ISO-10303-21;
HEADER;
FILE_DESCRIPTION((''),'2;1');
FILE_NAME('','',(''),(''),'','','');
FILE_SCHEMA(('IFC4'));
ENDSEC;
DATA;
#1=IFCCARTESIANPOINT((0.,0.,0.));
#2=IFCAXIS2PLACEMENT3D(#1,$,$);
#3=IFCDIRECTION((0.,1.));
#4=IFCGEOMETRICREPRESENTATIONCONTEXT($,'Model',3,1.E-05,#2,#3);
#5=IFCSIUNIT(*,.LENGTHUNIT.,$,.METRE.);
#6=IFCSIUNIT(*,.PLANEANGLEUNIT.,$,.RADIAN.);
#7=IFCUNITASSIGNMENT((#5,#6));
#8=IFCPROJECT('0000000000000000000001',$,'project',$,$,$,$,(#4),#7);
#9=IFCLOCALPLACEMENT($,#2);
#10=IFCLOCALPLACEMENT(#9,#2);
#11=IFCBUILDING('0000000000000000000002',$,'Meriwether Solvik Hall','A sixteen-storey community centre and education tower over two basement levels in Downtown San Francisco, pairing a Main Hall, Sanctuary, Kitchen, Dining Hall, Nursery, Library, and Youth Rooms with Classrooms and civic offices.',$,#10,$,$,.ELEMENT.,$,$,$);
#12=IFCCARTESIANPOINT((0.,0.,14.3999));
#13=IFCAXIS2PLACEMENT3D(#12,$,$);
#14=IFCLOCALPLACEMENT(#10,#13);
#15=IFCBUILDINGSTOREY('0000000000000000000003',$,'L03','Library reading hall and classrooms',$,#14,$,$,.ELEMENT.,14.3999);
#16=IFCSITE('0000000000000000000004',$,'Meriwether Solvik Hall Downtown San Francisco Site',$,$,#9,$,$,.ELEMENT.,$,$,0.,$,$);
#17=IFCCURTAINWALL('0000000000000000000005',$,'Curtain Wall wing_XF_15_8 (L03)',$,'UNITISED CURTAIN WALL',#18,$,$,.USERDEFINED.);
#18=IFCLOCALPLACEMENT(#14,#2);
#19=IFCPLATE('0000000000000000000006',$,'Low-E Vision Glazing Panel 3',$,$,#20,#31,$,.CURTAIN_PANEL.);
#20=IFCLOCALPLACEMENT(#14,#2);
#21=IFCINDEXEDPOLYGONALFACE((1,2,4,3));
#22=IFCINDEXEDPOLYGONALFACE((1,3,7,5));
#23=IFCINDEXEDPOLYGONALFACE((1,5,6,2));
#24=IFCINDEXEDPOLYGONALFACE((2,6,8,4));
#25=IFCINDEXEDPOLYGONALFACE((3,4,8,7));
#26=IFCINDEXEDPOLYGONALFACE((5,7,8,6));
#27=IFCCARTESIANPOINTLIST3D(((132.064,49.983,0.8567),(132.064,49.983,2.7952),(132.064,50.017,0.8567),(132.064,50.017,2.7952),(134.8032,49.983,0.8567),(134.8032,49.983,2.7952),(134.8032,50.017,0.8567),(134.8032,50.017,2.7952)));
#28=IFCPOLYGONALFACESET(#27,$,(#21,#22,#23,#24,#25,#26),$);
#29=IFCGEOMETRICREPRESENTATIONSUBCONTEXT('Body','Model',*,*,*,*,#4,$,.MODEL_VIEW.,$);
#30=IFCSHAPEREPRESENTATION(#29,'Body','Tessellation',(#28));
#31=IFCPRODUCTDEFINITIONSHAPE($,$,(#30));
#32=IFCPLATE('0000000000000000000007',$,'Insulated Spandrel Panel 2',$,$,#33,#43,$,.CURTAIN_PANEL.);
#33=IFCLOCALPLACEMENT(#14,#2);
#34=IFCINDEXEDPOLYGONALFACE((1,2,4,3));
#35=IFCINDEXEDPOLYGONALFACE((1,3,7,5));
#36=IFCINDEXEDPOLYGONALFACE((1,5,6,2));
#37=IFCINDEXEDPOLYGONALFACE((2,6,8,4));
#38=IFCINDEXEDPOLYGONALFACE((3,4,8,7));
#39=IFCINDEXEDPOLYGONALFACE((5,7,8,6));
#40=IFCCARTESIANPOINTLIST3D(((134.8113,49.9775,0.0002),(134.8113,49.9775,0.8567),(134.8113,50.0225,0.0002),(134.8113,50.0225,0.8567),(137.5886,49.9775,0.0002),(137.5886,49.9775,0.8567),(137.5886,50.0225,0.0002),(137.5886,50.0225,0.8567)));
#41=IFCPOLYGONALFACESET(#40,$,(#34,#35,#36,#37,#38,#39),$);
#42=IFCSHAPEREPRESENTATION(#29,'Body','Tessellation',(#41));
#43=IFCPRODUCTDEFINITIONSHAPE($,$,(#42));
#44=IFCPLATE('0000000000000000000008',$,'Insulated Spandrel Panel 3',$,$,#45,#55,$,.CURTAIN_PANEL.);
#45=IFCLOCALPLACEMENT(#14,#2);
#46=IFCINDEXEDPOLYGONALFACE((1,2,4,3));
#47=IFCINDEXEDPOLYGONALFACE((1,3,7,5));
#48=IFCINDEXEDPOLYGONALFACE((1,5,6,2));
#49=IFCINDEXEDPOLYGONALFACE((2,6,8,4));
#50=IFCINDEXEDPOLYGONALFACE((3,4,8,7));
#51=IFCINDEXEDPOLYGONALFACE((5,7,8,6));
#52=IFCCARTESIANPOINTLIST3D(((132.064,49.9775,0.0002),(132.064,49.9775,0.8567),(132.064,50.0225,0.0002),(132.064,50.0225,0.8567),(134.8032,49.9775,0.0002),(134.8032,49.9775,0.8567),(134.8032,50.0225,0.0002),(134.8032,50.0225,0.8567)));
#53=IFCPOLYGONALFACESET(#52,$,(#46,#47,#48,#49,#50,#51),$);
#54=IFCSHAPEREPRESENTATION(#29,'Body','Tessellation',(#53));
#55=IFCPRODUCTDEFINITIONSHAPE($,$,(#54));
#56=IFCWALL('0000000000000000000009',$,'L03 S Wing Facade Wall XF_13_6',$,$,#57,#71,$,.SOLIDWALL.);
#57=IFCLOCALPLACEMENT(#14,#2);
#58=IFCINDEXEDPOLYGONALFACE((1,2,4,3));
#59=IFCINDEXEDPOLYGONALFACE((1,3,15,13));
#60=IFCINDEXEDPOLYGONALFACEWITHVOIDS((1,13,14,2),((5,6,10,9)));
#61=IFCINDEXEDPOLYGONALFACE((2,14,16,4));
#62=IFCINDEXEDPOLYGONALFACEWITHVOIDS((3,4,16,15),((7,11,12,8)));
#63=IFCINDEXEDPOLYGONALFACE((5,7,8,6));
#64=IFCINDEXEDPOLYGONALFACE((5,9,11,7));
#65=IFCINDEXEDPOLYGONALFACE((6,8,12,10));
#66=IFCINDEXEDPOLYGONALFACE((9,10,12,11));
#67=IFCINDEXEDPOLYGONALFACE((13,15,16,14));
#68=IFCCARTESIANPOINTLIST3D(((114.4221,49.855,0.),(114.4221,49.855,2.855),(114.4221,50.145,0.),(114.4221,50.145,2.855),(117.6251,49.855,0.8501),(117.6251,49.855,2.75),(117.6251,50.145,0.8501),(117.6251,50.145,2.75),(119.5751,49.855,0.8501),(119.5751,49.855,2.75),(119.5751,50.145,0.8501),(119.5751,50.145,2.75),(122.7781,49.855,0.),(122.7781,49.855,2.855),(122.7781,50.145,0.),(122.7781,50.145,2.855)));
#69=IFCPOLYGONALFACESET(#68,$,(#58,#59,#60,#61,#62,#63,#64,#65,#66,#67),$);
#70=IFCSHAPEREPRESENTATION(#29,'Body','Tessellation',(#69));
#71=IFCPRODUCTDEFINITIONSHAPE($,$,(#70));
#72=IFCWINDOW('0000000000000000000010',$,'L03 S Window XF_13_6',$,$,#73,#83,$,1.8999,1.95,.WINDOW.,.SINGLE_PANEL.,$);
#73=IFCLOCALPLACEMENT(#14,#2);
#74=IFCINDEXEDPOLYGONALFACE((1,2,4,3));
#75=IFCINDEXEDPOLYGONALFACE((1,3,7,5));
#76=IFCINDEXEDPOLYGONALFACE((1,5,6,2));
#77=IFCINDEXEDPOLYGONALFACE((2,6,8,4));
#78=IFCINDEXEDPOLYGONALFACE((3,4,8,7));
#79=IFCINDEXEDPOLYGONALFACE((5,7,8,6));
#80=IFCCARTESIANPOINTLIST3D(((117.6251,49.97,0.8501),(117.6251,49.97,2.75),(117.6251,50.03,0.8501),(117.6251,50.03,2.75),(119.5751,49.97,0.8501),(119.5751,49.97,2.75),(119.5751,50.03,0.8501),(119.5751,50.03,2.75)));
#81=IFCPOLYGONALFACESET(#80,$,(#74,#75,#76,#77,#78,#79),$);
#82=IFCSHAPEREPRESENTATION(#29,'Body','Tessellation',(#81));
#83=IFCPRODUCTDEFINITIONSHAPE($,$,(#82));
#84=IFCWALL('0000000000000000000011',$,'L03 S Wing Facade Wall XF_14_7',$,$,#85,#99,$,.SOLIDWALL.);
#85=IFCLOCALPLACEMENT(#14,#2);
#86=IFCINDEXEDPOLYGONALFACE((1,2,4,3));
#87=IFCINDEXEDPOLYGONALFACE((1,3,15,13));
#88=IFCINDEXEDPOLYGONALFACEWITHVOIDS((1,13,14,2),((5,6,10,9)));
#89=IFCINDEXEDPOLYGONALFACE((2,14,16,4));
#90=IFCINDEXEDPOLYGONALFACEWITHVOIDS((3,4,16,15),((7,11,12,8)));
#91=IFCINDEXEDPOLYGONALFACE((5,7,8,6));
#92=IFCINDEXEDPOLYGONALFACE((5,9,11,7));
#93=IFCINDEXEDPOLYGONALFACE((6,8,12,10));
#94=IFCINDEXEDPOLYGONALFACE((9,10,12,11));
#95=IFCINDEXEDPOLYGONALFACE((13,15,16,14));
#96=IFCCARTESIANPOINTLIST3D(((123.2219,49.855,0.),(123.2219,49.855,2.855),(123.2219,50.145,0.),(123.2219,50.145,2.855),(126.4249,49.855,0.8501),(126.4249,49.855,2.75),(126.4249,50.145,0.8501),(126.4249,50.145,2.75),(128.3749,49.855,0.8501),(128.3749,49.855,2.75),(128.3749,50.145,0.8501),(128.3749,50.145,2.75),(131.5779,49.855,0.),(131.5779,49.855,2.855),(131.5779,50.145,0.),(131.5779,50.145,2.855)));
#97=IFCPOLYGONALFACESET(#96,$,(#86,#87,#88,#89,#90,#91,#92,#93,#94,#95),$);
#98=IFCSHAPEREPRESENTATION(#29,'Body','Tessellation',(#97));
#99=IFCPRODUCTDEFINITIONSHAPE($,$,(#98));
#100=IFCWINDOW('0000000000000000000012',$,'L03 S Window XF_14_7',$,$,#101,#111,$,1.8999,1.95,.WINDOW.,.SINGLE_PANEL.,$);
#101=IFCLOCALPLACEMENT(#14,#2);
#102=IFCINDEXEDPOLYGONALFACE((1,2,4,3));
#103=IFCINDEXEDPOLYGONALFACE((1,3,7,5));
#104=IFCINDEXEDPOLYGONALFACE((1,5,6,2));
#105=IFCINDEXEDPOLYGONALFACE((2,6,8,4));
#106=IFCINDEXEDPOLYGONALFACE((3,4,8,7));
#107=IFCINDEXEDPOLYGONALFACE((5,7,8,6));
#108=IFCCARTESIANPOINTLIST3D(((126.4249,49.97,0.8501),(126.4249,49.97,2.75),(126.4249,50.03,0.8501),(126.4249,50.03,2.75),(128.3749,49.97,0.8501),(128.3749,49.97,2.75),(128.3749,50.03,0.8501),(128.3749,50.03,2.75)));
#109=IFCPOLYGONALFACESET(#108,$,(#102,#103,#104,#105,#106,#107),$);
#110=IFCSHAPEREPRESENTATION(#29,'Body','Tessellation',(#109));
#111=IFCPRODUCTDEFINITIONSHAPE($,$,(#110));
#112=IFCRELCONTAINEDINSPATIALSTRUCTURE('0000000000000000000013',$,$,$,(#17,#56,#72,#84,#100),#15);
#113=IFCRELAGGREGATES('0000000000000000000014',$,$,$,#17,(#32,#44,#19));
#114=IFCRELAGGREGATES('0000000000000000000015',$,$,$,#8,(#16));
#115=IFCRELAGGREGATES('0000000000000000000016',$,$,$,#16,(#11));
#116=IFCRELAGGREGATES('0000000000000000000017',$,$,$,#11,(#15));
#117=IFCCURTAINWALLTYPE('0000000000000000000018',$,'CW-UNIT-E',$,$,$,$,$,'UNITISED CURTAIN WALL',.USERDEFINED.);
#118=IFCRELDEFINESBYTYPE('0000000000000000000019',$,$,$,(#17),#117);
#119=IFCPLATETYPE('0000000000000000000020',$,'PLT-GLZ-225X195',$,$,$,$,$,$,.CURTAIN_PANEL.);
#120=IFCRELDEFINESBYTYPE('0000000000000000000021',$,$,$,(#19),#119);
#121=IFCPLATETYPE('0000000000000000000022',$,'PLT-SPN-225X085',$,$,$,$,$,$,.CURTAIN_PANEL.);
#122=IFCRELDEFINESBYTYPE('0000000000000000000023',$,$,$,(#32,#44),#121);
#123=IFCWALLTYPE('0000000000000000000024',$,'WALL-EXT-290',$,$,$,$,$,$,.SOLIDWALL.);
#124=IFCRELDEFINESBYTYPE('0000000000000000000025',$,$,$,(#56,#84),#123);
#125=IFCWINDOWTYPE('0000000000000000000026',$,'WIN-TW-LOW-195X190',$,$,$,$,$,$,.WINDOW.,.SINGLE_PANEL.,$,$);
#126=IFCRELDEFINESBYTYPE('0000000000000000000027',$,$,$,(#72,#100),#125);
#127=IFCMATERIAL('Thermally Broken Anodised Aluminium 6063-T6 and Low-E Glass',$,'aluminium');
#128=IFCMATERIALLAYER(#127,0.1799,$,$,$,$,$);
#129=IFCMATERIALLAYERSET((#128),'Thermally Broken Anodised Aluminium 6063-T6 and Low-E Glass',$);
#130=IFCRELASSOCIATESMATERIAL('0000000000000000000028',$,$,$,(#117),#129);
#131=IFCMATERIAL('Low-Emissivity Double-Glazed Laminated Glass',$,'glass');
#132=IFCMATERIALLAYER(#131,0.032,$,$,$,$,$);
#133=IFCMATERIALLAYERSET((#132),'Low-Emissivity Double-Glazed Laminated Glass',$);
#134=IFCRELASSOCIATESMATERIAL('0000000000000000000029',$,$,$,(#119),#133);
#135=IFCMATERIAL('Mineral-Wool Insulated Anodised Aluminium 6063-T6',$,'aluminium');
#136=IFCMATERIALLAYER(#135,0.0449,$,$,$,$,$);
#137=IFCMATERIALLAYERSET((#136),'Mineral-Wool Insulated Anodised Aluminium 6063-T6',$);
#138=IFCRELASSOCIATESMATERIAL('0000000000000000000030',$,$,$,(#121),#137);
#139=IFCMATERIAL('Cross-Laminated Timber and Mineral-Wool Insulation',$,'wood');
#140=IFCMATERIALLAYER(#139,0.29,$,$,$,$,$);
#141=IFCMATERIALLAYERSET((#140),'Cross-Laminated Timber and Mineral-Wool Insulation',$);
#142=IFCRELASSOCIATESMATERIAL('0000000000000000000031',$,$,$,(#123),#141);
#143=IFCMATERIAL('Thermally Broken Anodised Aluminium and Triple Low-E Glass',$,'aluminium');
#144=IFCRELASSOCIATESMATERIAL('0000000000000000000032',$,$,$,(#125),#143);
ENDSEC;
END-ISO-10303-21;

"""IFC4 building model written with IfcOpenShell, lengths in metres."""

from ifc_helpers import new_model, si_unit, direction, frame, frame_2d, origin, origin_2d, place, context, subcontext, project, spatial, rectangle, extrude, material, layer, layer_set, type_object, element, fill, aggregate, save


model = new_model("IFC4")

# Units and contexts
model_context = context("Model", 3, precision=1e-05, world=origin(), true_north=direction((0.0, 1.0)))
body_context = subcontext(model_context, "Body", "Model", "MODEL_VIEW")
ifc_project = project(units=[si_unit("LENGTHUNIT", "METRE"), si_unit("PLANEANGLEUNIT", "RADIAN")], contexts=[model_context])

# Site, building, storey
site_placement = place(None, origin())
site = spatial("IfcSite", under=ifc_project, at=site_placement, Name="Meriwether Solvik Hall Downtown San Francisco Site", CompositionType="ELEMENT", RefElevation=0.0)
building_placement = place(site_placement, origin())
building = spatial("IfcBuilding", under=site, at=building_placement, Name="Meriwether Solvik Hall", Description="A sixteen-storey community centre and education tower over two basement levels in Downtown San Francisco, pairing a Main Hall, Sanctuary, Kitchen, Dining Hall, Nursery, Library, and Youth Rooms with Classrooms and civic offices.", CompositionType="ELEMENT")
storey_placement = place(building_placement, frame((0.0, 0.0, 14.3999)))
storey = spatial("IfcBuildingStorey", under=building, at=storey_placement, Name="L03", Description="Library reading hall and classrooms", CompositionType="ELEMENT", Elevation=14.3999)

# Curtain wall, plates
ifc_material_1 = material(Name="Thermally Broken Anodised Aluminium 6063-T6 and Low-E Glass", Category="aluminium")
ifc_layer_1 = layer(ifc_material_1, 0.1799)
ifc_layer_set_1 = layer_set([ifc_layer_1], Name="Thermally Broken Anodised Aluminium 6063-T6 and Low-E Glass")
curtain_wall_type = type_object("IfcCurtainWallType", Name="CW-UNIT-E", ElementType="UNITISED CURTAIN WALL", PredefinedType="USERDEFINED", material=ifc_layer_set_1)
curtain_wall_placement = place(storey_placement, origin())
curtain_wall = element("IfcCurtainWall", 1, at=curtain_wall_placement, inside=storey, type_object=curtain_wall_type, Name="Curtain Wall wing_XF_15_8 (L03)", ObjectType="UNITISED CURTAIN WALL", PredefinedType="USERDEFINED")
ifc_material_2 = material(Name="Low-Emissivity Double-Glazed Laminated Glass", Category="glass")
ifc_layer_2 = layer(ifc_material_2, 0.032)
ifc_layer_set_2 = layer_set([ifc_layer_2], Name="Low-Emissivity Double-Glazed Laminated Glass")
plate_type_1 = type_object("IfcPlateType", Name="PLT-GLZ-225X195", PredefinedType="CURTAIN_PANEL", material=ifc_layer_set_2)
plate_1_placement = place(storey_placement, frame((133.4336, 50.0, 0.8567), z_axis=(0.0, 0.0, 1.0), x_axis=(-1.0, 0.0, 0.0)))
plate_1 = element("IfcPlate", 2, at=plate_1_placement, type_object=plate_type_1, Name="Low-E Vision Glazing Panel 3", PredefinedType="CURTAIN_PANEL", context=body_context, shape_type="SweptSolid", body=[
    extrude(rectangle(XDim=2.7393, YDim=0.0339, at=origin_2d()), origin(), (0.0, 0.0, 1.0), 1.9385),
])
ifc_material_3 = material(Name="Mineral-Wool Insulated Anodised Aluminium 6063-T6", Category="aluminium")
ifc_layer_3 = layer(ifc_material_3, 0.0449)
ifc_layer_set_3 = layer_set([ifc_layer_3], Name="Mineral-Wool Insulated Anodised Aluminium 6063-T6")
plate_type_2 = type_object("IfcPlateType", Name="PLT-SPN-225X085", PredefinedType="CURTAIN_PANEL", material=ifc_layer_set_3)
plate_2_placement = place(storey_placement, frame((136.2, 50.0, 0.0002), z_axis=(0.0, 0.0, 1.0), x_axis=(-1.0, 0.0, 0.0)))
plate_2 = element("IfcPlate", 3, at=plate_2_placement, type_object=plate_type_2, Name="Insulated Spandrel Panel 2", PredefinedType="CURTAIN_PANEL", context=body_context, shape_type="SweptSolid", body=[
    extrude(rectangle(XDim=2.7773, YDim=0.0449, at=origin_2d()), origin(), (0.0, 0.0, 1.0), 0.8564),
])
plate_3_placement = place(storey_placement, frame((133.4336, 50.0, 0.0002), z_axis=(0.0, 0.0, 1.0), x_axis=(-1.0, 0.0, 0.0)))
plate_3 = element("IfcPlate", 4, at=plate_3_placement, type_object=plate_type_2, Name="Insulated Spandrel Panel 3", PredefinedType="CURTAIN_PANEL", context=body_context, shape_type="SweptSolid", body=[
    extrude(rectangle(XDim=2.7393, YDim=0.0449, at=origin_2d()), origin(), (0.0, 0.0, 1.0), 0.8564),
])
aggregate(curtain_wall, [plate_2, plate_3, plate_1])

# Walls, openings, windows
ifc_material_4 = material(Name="Cross-Laminated Timber and Mineral-Wool Insulation", Category="wood")
ifc_layer_4 = layer(ifc_material_4, 0.29)
ifc_layer_set_4 = layer_set([ifc_layer_4], Name="Cross-Laminated Timber and Mineral-Wool Insulation")
wall_type = type_object("IfcWallType", Name="WALL-EXT-290", PredefinedType="SOLIDWALL", material=ifc_layer_set_4)
wall_1_placement = place(storey_placement, frame((122.7781, 50.0, 0.0), z_axis=(0.0, 0.0, 1.0), x_axis=(-1.0, 0.0, 0.0)))
wall_1 = element("IfcWall", 5, at=wall_1_placement, inside=storey, type_object=wall_type, Name="L03 S Wing Facade Wall XF_13_6", PredefinedType="SOLIDWALL", context=body_context, shape_type="SweptSolid", body=[
    extrude(rectangle(XDim=8.356, YDim=0.29, at=frame_2d((4.178, 0.0))), origin(), (0.0, 0.0, 1.0), 2.855),
])
opening_1_placement = place(wall_1_placement, frame((3.2029, 0.0, 0.8501)))
opening_1 = element("IfcOpeningElement", 6, at=opening_1_placement, cuts=wall_1, PredefinedType="OPENING", context=body_context, shape_type="SweptSolid", body=[
    extrude(rectangle(XDim=1.95, YDim=1.8999, at=frame_2d((0.9751, 0.95))), frame((0.0, 0.157, 0.0), z_axis=(0.0, -1.0, 0.0), x_axis=(1.0, 0.0, 0.0)), (0.0, 0.0, 1.0), 0.314),
])
ifc_material_5 = material(Name="Thermally Broken Anodised Aluminium and Triple Low-E Glass", Category="aluminium")
window_type = type_object("IfcWindowType", Name="WIN-TW-LOW-195X190", PartitioningType="SINGLE_PANEL", PredefinedType="WINDOW", material=ifc_material_5)
window_1_placement = place(opening_1_placement, origin())
window_1 = element("IfcWindow", 7, at=window_1_placement, inside=storey, type_object=window_type, Name="L03 S Window XF_13_6", OverallHeight=1.8999, OverallWidth=1.95, PartitioningType="SINGLE_PANEL", PredefinedType="WINDOW", context=body_context, shape_type="SweptSolid", body=[
    extrude(rectangle(XDim=1.95, YDim=1.8999, at=frame_2d((0.9751, 0.95))), frame((0.0, 0.03, 0.0), z_axis=(0.0, -1.0, 0.0), x_axis=(1.0, 0.0, 0.0)), (0.0, 0.0, 1.0), 0.0601),
])
fill(opening_1, window_1)
wall_2_placement = place(storey_placement, frame((131.5779, 50.0, 0.0), z_axis=(0.0, 0.0, 1.0), x_axis=(-1.0, 0.0, 0.0)))
wall_2 = element("IfcWall", 8, at=wall_2_placement, inside=storey, type_object=wall_type, Name="L03 S Wing Facade Wall XF_14_7", PredefinedType="SOLIDWALL", context=body_context, shape_type="SweptSolid", body=[
    extrude(rectangle(XDim=8.356, YDim=0.29, at=frame_2d((4.178, 0.0))), origin(), (0.0, 0.0, 1.0), 2.855),
])
opening_2_placement = place(wall_2_placement, frame((3.2029, 0.0, 0.8501)))
opening_2 = element("IfcOpeningElement", 9, at=opening_2_placement, cuts=wall_2, PredefinedType="OPENING", context=body_context, shape_type="SweptSolid", body=[
    extrude(rectangle(XDim=1.95, YDim=1.8999, at=frame_2d((0.9751, 0.95))), frame((0.0, 0.157, 0.0), z_axis=(0.0, -1.0, 0.0), x_axis=(1.0, 0.0, 0.0)), (0.0, 0.0, 1.0), 0.314),
])
window_2_placement = place(opening_2_placement, origin())
window_2 = element("IfcWindow", 10, at=window_2_placement, inside=storey, type_object=window_type, Name="L03 S Window XF_14_7", OverallHeight=1.8999, OverallWidth=1.95, PartitioningType="SINGLE_PANEL", PredefinedType="WINDOW", context=body_context, shape_type="SweptSolid", body=[
    extrude(rectangle(XDim=1.95, YDim=1.8999, at=frame_2d((0.9751, 0.95))), frame((0.0, 0.03, 0.0), z_axis=(0.0, -1.0, 0.0), x_axis=(1.0, 0.0, 0.0)), (0.0, 0.0, 1.0), 0.0601),
])
fill(opening_2, window_2)

save(model, "model.ifc")
